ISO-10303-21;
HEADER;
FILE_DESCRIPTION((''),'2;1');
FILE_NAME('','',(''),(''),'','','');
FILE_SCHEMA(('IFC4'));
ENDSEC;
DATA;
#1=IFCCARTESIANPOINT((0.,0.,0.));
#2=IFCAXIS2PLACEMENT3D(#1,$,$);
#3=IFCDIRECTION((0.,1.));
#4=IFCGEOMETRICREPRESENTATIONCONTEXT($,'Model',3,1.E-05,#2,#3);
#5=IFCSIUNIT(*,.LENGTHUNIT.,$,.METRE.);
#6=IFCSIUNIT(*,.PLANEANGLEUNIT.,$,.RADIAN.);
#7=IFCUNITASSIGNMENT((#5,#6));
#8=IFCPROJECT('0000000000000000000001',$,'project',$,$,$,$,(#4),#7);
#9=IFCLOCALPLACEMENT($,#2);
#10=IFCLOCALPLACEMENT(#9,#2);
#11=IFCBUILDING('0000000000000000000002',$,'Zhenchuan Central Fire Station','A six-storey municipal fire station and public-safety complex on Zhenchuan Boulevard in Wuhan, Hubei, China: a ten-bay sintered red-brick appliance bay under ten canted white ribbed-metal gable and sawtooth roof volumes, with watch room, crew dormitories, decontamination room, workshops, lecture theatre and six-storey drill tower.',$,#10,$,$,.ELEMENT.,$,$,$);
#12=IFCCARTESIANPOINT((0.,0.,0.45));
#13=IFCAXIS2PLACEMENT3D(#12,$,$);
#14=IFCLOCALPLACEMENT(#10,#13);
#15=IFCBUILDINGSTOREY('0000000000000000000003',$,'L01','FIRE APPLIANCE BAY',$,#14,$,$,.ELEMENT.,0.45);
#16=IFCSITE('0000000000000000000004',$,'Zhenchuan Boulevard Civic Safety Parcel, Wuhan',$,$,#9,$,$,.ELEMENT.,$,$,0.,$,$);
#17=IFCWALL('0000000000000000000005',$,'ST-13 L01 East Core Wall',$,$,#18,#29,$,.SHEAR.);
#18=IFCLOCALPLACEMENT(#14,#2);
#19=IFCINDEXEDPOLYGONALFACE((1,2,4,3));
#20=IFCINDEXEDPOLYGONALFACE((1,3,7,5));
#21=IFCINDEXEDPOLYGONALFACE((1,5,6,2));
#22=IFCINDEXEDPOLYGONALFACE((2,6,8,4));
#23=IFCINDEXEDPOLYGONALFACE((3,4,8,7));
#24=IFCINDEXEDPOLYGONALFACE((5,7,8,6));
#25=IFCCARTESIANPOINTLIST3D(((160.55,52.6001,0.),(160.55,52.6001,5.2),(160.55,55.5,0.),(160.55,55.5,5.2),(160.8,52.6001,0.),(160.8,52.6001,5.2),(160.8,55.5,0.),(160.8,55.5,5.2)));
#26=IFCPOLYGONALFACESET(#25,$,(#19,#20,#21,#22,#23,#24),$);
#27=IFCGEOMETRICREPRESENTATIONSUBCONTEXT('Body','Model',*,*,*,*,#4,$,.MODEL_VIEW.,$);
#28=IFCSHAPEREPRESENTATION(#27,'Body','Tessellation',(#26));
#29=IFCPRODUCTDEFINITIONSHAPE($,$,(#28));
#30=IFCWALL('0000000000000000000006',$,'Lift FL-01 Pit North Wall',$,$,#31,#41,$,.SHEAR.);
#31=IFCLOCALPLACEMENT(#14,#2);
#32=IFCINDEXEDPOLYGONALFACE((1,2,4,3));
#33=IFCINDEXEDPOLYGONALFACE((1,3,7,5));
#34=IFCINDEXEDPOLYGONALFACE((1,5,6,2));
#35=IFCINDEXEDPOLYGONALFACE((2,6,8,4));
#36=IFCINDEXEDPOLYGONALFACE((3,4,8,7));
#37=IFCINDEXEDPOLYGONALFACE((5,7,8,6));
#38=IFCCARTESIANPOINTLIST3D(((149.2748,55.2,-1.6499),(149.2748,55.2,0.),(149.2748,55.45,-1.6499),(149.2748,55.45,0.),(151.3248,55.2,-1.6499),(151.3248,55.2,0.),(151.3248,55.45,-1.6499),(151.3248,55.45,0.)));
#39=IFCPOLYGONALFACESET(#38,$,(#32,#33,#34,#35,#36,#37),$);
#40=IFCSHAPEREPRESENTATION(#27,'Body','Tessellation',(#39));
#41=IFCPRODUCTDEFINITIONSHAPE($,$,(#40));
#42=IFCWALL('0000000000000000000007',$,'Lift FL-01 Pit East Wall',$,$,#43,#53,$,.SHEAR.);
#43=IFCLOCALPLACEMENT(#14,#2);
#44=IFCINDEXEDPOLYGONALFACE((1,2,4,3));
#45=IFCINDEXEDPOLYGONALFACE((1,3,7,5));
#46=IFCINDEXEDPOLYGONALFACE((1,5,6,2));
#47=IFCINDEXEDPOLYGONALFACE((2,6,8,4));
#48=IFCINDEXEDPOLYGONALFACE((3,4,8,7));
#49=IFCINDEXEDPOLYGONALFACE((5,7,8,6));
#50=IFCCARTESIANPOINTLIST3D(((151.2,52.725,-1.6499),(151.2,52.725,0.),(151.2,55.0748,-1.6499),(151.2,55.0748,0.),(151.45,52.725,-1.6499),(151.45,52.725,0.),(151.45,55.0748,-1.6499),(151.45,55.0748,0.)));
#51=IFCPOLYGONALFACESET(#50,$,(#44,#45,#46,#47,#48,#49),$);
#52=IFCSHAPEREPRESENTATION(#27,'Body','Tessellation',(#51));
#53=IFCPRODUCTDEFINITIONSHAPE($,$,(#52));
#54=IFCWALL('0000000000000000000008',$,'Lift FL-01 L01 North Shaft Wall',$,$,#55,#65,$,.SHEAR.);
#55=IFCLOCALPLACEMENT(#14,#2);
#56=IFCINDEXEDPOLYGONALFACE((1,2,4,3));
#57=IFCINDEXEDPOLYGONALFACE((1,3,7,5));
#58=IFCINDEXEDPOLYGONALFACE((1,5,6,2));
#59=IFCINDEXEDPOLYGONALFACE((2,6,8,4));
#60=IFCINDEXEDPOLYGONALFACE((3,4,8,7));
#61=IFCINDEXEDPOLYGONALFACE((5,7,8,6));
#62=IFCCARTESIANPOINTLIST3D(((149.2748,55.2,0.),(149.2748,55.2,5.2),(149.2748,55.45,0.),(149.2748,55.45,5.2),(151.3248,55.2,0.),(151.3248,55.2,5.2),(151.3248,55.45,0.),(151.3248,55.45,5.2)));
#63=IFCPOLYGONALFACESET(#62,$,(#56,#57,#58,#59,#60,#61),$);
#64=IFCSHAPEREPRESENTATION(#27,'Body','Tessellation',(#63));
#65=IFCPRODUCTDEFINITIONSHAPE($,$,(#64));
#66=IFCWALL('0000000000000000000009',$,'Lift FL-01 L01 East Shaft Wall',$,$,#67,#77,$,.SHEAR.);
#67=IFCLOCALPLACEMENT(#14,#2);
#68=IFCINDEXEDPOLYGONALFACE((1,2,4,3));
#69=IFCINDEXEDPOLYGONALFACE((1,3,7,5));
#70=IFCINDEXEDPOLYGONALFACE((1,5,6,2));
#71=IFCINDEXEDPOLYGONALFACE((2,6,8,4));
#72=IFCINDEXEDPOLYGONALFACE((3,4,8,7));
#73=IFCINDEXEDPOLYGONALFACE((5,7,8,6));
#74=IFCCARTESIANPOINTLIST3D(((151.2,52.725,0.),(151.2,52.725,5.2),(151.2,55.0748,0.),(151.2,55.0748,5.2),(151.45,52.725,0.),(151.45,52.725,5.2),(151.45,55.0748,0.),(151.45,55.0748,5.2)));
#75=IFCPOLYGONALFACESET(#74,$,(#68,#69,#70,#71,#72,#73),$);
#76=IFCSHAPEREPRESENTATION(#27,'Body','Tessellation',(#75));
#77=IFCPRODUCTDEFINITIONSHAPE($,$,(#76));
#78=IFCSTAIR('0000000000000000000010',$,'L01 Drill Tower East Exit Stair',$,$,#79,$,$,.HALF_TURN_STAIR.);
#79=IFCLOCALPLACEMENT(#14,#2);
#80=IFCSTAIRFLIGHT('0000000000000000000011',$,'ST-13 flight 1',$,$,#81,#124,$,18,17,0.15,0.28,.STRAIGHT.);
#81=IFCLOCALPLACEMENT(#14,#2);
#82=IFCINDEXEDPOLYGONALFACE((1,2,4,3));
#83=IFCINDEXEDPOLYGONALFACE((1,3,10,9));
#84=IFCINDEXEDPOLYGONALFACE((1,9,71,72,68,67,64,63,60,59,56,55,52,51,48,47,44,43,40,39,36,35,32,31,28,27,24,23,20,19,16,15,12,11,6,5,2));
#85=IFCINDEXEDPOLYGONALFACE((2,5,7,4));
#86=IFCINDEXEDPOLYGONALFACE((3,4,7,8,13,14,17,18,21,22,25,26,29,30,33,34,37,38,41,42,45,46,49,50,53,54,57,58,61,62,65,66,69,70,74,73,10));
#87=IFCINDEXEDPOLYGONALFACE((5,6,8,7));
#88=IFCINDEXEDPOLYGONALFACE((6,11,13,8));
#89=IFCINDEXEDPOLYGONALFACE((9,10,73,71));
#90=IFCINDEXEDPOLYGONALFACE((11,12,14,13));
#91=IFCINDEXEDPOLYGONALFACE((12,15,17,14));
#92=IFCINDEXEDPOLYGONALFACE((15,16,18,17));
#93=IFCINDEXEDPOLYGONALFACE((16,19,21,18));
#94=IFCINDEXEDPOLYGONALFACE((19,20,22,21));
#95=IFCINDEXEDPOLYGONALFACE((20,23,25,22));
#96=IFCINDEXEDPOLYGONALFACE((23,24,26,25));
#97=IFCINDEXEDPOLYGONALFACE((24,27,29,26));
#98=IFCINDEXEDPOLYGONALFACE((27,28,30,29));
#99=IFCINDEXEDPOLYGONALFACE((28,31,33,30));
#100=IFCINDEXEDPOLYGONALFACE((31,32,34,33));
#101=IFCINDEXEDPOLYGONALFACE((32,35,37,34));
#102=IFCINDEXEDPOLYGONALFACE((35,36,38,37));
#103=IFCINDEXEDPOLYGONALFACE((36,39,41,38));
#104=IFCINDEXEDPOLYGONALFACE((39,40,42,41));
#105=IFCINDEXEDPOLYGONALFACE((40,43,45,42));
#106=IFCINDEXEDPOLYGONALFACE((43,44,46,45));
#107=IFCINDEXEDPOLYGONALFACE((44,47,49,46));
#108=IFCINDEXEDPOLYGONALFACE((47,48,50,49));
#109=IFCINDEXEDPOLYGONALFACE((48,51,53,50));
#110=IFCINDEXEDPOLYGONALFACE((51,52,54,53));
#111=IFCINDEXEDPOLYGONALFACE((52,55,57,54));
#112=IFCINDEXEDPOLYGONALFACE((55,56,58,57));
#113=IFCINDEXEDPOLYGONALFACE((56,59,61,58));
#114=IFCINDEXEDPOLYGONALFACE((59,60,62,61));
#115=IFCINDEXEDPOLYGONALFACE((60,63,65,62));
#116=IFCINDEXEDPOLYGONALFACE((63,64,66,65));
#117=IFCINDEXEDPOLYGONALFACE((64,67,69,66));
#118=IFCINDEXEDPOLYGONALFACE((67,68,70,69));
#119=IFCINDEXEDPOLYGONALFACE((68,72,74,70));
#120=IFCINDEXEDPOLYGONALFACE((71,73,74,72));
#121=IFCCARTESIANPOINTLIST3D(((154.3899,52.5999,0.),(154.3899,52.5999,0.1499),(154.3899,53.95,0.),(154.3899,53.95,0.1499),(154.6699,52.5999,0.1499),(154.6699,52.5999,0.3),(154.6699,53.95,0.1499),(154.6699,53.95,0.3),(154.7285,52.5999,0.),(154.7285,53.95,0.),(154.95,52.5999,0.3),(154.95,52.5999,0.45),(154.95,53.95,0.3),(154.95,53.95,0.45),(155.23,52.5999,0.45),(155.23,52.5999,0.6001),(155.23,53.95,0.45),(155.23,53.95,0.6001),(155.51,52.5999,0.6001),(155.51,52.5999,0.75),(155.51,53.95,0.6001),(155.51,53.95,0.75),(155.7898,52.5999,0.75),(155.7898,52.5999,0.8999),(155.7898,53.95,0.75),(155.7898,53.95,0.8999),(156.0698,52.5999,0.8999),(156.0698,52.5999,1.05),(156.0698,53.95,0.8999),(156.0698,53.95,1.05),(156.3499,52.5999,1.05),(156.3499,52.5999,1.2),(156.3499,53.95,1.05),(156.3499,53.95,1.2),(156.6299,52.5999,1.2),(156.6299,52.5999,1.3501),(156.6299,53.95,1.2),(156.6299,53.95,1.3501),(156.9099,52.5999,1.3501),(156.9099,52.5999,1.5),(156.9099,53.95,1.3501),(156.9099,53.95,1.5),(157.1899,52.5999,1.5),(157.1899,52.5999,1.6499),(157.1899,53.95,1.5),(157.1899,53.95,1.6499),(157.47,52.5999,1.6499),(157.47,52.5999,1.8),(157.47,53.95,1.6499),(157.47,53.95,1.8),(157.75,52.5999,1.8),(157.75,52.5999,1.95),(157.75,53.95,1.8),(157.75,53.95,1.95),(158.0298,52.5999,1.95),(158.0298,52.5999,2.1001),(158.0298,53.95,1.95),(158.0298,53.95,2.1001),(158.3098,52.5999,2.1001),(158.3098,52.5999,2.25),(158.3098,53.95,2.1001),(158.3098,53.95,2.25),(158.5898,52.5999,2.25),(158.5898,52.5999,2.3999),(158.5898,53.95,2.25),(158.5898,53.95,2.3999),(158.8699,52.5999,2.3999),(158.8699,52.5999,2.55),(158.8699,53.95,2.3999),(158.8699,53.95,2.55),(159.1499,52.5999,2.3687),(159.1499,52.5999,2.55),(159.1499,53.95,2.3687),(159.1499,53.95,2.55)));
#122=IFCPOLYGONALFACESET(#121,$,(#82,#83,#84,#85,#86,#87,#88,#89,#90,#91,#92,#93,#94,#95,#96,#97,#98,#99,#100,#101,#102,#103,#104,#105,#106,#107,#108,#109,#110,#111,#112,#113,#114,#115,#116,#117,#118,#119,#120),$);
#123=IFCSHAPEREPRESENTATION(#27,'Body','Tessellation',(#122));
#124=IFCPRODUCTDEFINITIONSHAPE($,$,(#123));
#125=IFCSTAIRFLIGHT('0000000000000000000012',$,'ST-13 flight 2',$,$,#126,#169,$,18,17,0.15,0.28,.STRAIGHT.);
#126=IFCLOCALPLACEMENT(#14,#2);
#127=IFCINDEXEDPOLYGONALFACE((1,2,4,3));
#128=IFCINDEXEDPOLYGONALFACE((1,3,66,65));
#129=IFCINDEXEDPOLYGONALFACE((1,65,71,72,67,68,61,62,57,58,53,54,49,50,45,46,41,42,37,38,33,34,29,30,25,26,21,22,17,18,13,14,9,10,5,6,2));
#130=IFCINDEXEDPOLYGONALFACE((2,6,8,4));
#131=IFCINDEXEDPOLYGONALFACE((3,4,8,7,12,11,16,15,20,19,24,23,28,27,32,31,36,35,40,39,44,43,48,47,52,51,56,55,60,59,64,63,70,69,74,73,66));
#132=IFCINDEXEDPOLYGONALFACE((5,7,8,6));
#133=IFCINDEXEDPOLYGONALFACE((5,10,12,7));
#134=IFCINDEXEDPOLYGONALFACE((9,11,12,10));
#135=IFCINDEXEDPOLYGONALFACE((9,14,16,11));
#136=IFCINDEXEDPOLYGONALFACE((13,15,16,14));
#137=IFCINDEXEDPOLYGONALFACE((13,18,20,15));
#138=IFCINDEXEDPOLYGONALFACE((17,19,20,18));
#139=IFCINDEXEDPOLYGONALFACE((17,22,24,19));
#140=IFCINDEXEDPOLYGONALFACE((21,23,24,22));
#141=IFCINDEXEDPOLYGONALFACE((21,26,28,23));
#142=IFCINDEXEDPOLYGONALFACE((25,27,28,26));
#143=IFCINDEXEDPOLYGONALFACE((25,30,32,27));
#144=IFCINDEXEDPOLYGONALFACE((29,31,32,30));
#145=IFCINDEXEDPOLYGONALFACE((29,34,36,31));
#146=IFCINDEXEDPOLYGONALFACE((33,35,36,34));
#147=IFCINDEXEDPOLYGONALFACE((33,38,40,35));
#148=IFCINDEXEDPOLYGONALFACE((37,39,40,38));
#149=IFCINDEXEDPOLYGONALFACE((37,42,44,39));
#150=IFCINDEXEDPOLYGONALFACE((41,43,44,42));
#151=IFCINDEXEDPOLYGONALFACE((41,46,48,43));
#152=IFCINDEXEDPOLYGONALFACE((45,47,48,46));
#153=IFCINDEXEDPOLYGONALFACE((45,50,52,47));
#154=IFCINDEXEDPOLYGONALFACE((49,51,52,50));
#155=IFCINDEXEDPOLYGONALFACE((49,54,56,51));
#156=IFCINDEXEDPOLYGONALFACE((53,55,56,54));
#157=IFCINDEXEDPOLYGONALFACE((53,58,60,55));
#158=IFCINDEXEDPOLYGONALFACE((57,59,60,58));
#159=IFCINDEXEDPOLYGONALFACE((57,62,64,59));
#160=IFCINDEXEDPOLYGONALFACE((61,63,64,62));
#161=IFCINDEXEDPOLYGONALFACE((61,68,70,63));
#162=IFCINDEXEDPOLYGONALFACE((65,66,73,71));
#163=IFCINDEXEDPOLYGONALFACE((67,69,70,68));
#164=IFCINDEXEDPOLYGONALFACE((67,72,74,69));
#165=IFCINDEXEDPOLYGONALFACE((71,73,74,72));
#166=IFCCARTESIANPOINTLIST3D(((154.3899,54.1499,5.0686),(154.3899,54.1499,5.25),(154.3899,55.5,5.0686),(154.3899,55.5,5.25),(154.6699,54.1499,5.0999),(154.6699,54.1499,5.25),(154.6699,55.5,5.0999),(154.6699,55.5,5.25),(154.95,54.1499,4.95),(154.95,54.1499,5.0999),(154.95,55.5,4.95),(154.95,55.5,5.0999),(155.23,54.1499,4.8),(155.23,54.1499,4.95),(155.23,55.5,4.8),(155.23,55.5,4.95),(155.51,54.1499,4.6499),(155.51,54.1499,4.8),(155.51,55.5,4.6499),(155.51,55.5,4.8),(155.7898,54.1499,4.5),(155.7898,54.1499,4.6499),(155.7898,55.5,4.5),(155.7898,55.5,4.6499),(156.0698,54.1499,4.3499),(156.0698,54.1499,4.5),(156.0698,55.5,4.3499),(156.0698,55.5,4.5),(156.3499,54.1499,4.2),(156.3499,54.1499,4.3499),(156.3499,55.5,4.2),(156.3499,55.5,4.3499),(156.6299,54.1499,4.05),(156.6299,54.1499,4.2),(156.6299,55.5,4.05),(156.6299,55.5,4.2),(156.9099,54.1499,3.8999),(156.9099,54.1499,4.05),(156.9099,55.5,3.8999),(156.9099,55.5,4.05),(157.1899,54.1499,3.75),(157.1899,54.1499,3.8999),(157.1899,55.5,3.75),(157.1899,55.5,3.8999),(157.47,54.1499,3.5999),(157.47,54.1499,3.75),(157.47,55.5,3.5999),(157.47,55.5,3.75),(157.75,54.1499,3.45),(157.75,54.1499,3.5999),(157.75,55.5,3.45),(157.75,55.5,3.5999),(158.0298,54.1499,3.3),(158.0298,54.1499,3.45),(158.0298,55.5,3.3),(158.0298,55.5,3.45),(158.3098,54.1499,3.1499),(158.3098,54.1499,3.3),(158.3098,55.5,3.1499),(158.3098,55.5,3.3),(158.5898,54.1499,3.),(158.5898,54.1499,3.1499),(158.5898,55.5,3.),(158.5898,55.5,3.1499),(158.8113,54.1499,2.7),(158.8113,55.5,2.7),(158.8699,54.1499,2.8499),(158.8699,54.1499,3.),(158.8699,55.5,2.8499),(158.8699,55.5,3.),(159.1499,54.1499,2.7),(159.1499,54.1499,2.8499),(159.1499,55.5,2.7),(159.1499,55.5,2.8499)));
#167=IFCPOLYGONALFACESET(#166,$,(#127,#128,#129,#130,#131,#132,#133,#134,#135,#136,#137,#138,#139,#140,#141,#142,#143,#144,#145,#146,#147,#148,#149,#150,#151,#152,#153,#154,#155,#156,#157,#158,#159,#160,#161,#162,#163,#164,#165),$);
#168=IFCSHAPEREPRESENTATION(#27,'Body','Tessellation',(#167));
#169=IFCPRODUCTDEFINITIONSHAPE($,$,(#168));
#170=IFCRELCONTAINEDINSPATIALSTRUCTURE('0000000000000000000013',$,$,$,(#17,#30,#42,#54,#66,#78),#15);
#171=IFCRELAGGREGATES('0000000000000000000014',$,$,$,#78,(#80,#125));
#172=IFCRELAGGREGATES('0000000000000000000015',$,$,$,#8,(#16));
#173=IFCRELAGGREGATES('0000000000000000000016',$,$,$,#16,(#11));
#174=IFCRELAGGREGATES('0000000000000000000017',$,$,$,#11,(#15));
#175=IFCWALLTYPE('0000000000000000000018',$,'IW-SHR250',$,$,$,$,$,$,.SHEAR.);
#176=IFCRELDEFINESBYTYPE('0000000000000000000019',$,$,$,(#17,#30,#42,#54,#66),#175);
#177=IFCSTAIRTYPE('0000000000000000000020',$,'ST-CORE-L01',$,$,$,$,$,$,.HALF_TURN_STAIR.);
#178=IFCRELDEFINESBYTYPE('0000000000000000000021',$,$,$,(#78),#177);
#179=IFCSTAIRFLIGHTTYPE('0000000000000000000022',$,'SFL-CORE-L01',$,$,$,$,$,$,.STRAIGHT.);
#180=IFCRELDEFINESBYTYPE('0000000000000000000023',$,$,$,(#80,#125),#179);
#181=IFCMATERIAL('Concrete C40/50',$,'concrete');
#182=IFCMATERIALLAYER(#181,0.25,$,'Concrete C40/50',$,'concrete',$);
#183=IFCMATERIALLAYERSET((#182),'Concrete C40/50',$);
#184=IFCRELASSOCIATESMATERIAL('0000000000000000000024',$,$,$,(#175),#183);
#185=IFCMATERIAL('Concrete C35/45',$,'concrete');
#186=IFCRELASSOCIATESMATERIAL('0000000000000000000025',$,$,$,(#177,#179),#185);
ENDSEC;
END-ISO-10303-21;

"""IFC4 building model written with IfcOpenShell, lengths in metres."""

from ifc_helpers import new_model, si_unit, direction, frame, frame_2d, origin, place, context, subcontext, project, spatial, polyline, rectangle, outline, extrude, material, layer, layer_set, type_object, element, aggregate, save


model = new_model("IFC4")

# Units and contexts
model_context = context("Model", 3, precision=1e-05, world=origin(), true_north=direction((0.0, 1.0)))
body_context = subcontext(model_context, "Body", "Model", "MODEL_VIEW")
ifc_project = project(units=[si_unit("LENGTHUNIT", "METRE"), si_unit("PLANEANGLEUNIT", "RADIAN")], contexts=[model_context])

# Site, building, storey
site_placement = place(None, origin())
site = spatial("IfcSite", under=ifc_project, at=site_placement, Name="Zhenchuan Boulevard Civic Safety Parcel, Wuhan", CompositionType="ELEMENT", RefElevation=0.0)
building_placement = place(site_placement, origin())
building = spatial("IfcBuilding", under=site, at=building_placement, Name="Zhenchuan Central Fire Station", Description="A six-storey municipal fire station and public-safety complex on Zhenchuan Boulevard in Wuhan, Hubei, China: a ten-bay sintered red-brick appliance bay under ten canted white ribbed-metal gable and sawtooth roof volumes, with watch room, crew dormitories, decontamination room, workshops, lecture theatre and six-storey drill tower.", CompositionType="ELEMENT")
storey_placement = place(building_placement, frame((0.0, 0.0, 0.45)))
storey = spatial("IfcBuildingStorey", under=building, at=storey_placement, Name="L01", Description="FIRE APPLIANCE BAY", CompositionType="ELEMENT", Elevation=0.45)

# Shared definitions
ifc_material_1 = material(Name="Concrete C40/50", Category="concrete")

# Shared definitions
ifc_material_2 = material(Name="Concrete C35/45", Category="concrete")

# Shared definitions
ifc_layer_1 = layer(ifc_material_1, 0.25, Name="Concrete C40/50", Category="concrete")
ifc_layer_set_1 = layer_set([ifc_layer_1], Name="Concrete C40/50")
wall_type_1 = type_object("IfcWallType", Name="IW-SHR250", PredefinedType="SHEAR", material=ifc_layer_set_1)

# Walls
for number, where, z_axis, x_axis, name in (
    (1, (160.675, 52.6001, 0.0), (0.0, 0.0, 1.0), (0.0, 1.0, 0.0), "ST-13 L01 East Core Wall"),
):
    element("IfcWall", number, at=place(storey_placement, frame(where, z_axis=z_axis, x_axis=x_axis)), inside=storey, type_object=wall_type_1, Name=name, PredefinedType="SHEAR", context=body_context, shape_type="SweptSolid", body=[
        extrude(rectangle(XDim=2.8999, YDim=0.25, at=frame_2d((1.45, 0.0))), origin(), (0.0, 0.0, 1.0), 5.2),
    ])
wall_1_placement = place(storey_placement, frame((149.2749, 55.325, -1.6499), z_axis=(0.0, 0.0, 1.0), x_axis=(1.0, 0.0, 0.0)))
element("IfcWall", 2, at=wall_1_placement, inside=storey, type_object=wall_type_1, Name="Lift FL-01 Pit North Wall", PredefinedType="SHEAR", context=body_context, shape_type="SweptSolid", body=[
    extrude(rectangle(XDim=2.05, YDim=0.25, at=frame_2d((1.0249, 0.0))), origin(), (0.0, 0.0, 1.0), 1.6499),
])
wall_2_placement = place(storey_placement, frame((151.325, 52.7251, -1.6499), z_axis=(0.0, 0.0, 1.0), x_axis=(0.0, 1.0, 0.0)))
element("IfcWall", 3, at=wall_2_placement, inside=storey, type_object=wall_type_1, Name="Lift FL-01 Pit East Wall", PredefinedType="SHEAR", context=body_context, shape_type="SweptSolid", body=[
    extrude(rectangle(XDim=2.3499, YDim=0.25, at=frame_2d((1.1748, 0.0))), origin(), (0.0, 0.0, 1.0), 1.6499),
])
wall_3_placement = place(storey_placement, frame((149.2749, 55.325, 0.0), z_axis=(0.0, 0.0, 1.0), x_axis=(1.0, 0.0, 0.0)))
element("IfcWall", 4, at=wall_3_placement, inside=storey, type_object=wall_type_1, Name="Lift FL-01 L01 North Shaft Wall", PredefinedType="SHEAR", context=body_context, shape_type="SweptSolid", body=[
    extrude(rectangle(XDim=2.05, YDim=0.25, at=frame_2d((1.0249, 0.0))), origin(), (0.0, 0.0, 1.0), 5.2),
])
wall_4_placement = place(storey_placement, frame((151.325, 52.7251, 0.0), z_axis=(0.0, 0.0, 1.0), x_axis=(0.0, 1.0, 0.0)))
element("IfcWall", 5, at=wall_4_placement, inside=storey, type_object=wall_type_1, Name="Lift FL-01 L01 East Shaft Wall", PredefinedType="SHEAR", context=body_context, shape_type="SweptSolid", body=[
    extrude(rectangle(XDim=2.3499, YDim=0.25, at=frame_2d((1.1748, 0.0))), origin(), (0.0, 0.0, 1.0), 5.2),
])

# Stair, stair flights
stair_type = type_object("IfcStairType", Name="ST-CORE-L01", PredefinedType="HALF_TURN_STAIR", material=ifc_material_2)
stair_placement = place(storey_placement, origin())
stair = element("IfcStair", 6, at=stair_placement, inside=storey, type_object=stair_type, Name="L01 Drill Tower East Exit Stair", PredefinedType="HALF_TURN_STAIR")
stair_flight_type = type_object("IfcStairFlightType", Name="SFL-CORE-L01", PredefinedType="STRAIGHT", material=ifc_material_2)
stair_flight_1_placement = place(storey_placement, frame((154.3899, 53.2749, 0.0), z_axis=(0.0, 0.0, 1.0), x_axis=(1.0, 0.0, 0.0)))
stair_flight_1 = element("IfcStairFlight", 7, at=stair_flight_1_placement, type_object=stair_flight_type, Name="ST-13 flight 1", NumberOfRisers=18, NumberOfTreads=17, PredefinedType="STRAIGHT", RiserHeight=0.15, TreadLength=0.28, context=body_context, shape_type="SweptSolid", body=[
    extrude(outline(polyline([(0.0, 0.0), (0.0, 0.1499), (0.28, 0.1499), (0.28, 0.3), (0.5601, 0.3), (0.5601, 0.45), (0.8401, 0.45), (0.8401, 0.6001), (1.1201, 0.6001), (1.1201, 0.75), (1.3999, 0.75), (1.3999, 0.8999), (1.6799, 0.8999), (1.6799, 1.05), (1.96, 1.05), (1.96, 1.2), (2.24, 1.2), (2.24, 1.3501), (2.52, 1.3501), (2.52, 1.5), (2.8, 1.5), (2.8, 1.6499), (3.0801, 1.6499), (3.0801, 1.8), (3.3601, 1.8), (3.3601, 1.95), (3.6399, 1.95), (3.6399, 2.1001), (3.9199, 2.1001), (3.9199, 2.25), (4.2, 2.25), (4.2, 2.3999), (4.48, 2.3999), (4.48, 2.55), (4.76, 2.55), (4.76, 2.7), (4.76, 2.3687), (0.3386, 0.0), (0.0, 0.0)])), frame((0.0, 0.675, 0.0), z_axis=(0.0, -1.0, 0.0), x_axis=(1.0, 0.0, 0.0)), (0.0, 0.0, 1.0), 1.3501),
])
stair_flight_2_placement = place(storey_placement, frame((159.1499, 54.825, 2.7), z_axis=(0.0, 0.0, 1.0), x_axis=(-1.0, 0.0, 0.0)))
stair_flight_2 = element("IfcStairFlight", 8, at=stair_flight_2_placement, type_object=stair_flight_type, Name="ST-13 flight 2", NumberOfRisers=18, NumberOfTreads=17, PredefinedType="STRAIGHT", RiserHeight=0.15, TreadLength=0.28, context=body_context, shape_type="SweptSolid", body=[
    extrude(outline(polyline([(0.0, 0.0), (0.0, 0.1499), (0.28, 0.1499), (0.28, 0.3), (0.5601, 0.3), (0.5601, 0.45), (0.8401, 0.45), (0.8401, 0.6001), (1.1201, 0.6001), (1.1201, 0.75), (1.3999, 0.75), (1.3999, 0.8999), (1.6799, 0.8999), (1.6799, 1.05), (1.96, 1.05), (1.96, 1.2), (2.24, 1.2), (2.24, 1.3501), (2.52, 1.3501), (2.52, 1.5), (2.8, 1.5), (2.8, 1.6499), (3.0801, 1.6499), (3.0801, 1.8), (3.3601, 1.8), (3.3601, 1.95), (3.6399, 1.95), (3.6399, 2.1001), (3.9199, 2.1001), (3.9199, 2.25), (4.2, 2.25), (4.2, 2.3999), (4.48, 2.3999), (4.48, 2.55), (4.76, 2.55), (4.76, 2.7), (4.76, 2.3687), (0.3386, 0.0), (0.0, 0.0)])), frame((0.0, 0.675, 0.0), z_axis=(0.0, -1.0, 0.0), x_axis=(1.0, 0.0, 0.0)), (0.0, 0.0, 1.0), 1.3501),
])
aggregate(stair, [stair_flight_1, stair_flight_2])

save(model, "model.ifc")
